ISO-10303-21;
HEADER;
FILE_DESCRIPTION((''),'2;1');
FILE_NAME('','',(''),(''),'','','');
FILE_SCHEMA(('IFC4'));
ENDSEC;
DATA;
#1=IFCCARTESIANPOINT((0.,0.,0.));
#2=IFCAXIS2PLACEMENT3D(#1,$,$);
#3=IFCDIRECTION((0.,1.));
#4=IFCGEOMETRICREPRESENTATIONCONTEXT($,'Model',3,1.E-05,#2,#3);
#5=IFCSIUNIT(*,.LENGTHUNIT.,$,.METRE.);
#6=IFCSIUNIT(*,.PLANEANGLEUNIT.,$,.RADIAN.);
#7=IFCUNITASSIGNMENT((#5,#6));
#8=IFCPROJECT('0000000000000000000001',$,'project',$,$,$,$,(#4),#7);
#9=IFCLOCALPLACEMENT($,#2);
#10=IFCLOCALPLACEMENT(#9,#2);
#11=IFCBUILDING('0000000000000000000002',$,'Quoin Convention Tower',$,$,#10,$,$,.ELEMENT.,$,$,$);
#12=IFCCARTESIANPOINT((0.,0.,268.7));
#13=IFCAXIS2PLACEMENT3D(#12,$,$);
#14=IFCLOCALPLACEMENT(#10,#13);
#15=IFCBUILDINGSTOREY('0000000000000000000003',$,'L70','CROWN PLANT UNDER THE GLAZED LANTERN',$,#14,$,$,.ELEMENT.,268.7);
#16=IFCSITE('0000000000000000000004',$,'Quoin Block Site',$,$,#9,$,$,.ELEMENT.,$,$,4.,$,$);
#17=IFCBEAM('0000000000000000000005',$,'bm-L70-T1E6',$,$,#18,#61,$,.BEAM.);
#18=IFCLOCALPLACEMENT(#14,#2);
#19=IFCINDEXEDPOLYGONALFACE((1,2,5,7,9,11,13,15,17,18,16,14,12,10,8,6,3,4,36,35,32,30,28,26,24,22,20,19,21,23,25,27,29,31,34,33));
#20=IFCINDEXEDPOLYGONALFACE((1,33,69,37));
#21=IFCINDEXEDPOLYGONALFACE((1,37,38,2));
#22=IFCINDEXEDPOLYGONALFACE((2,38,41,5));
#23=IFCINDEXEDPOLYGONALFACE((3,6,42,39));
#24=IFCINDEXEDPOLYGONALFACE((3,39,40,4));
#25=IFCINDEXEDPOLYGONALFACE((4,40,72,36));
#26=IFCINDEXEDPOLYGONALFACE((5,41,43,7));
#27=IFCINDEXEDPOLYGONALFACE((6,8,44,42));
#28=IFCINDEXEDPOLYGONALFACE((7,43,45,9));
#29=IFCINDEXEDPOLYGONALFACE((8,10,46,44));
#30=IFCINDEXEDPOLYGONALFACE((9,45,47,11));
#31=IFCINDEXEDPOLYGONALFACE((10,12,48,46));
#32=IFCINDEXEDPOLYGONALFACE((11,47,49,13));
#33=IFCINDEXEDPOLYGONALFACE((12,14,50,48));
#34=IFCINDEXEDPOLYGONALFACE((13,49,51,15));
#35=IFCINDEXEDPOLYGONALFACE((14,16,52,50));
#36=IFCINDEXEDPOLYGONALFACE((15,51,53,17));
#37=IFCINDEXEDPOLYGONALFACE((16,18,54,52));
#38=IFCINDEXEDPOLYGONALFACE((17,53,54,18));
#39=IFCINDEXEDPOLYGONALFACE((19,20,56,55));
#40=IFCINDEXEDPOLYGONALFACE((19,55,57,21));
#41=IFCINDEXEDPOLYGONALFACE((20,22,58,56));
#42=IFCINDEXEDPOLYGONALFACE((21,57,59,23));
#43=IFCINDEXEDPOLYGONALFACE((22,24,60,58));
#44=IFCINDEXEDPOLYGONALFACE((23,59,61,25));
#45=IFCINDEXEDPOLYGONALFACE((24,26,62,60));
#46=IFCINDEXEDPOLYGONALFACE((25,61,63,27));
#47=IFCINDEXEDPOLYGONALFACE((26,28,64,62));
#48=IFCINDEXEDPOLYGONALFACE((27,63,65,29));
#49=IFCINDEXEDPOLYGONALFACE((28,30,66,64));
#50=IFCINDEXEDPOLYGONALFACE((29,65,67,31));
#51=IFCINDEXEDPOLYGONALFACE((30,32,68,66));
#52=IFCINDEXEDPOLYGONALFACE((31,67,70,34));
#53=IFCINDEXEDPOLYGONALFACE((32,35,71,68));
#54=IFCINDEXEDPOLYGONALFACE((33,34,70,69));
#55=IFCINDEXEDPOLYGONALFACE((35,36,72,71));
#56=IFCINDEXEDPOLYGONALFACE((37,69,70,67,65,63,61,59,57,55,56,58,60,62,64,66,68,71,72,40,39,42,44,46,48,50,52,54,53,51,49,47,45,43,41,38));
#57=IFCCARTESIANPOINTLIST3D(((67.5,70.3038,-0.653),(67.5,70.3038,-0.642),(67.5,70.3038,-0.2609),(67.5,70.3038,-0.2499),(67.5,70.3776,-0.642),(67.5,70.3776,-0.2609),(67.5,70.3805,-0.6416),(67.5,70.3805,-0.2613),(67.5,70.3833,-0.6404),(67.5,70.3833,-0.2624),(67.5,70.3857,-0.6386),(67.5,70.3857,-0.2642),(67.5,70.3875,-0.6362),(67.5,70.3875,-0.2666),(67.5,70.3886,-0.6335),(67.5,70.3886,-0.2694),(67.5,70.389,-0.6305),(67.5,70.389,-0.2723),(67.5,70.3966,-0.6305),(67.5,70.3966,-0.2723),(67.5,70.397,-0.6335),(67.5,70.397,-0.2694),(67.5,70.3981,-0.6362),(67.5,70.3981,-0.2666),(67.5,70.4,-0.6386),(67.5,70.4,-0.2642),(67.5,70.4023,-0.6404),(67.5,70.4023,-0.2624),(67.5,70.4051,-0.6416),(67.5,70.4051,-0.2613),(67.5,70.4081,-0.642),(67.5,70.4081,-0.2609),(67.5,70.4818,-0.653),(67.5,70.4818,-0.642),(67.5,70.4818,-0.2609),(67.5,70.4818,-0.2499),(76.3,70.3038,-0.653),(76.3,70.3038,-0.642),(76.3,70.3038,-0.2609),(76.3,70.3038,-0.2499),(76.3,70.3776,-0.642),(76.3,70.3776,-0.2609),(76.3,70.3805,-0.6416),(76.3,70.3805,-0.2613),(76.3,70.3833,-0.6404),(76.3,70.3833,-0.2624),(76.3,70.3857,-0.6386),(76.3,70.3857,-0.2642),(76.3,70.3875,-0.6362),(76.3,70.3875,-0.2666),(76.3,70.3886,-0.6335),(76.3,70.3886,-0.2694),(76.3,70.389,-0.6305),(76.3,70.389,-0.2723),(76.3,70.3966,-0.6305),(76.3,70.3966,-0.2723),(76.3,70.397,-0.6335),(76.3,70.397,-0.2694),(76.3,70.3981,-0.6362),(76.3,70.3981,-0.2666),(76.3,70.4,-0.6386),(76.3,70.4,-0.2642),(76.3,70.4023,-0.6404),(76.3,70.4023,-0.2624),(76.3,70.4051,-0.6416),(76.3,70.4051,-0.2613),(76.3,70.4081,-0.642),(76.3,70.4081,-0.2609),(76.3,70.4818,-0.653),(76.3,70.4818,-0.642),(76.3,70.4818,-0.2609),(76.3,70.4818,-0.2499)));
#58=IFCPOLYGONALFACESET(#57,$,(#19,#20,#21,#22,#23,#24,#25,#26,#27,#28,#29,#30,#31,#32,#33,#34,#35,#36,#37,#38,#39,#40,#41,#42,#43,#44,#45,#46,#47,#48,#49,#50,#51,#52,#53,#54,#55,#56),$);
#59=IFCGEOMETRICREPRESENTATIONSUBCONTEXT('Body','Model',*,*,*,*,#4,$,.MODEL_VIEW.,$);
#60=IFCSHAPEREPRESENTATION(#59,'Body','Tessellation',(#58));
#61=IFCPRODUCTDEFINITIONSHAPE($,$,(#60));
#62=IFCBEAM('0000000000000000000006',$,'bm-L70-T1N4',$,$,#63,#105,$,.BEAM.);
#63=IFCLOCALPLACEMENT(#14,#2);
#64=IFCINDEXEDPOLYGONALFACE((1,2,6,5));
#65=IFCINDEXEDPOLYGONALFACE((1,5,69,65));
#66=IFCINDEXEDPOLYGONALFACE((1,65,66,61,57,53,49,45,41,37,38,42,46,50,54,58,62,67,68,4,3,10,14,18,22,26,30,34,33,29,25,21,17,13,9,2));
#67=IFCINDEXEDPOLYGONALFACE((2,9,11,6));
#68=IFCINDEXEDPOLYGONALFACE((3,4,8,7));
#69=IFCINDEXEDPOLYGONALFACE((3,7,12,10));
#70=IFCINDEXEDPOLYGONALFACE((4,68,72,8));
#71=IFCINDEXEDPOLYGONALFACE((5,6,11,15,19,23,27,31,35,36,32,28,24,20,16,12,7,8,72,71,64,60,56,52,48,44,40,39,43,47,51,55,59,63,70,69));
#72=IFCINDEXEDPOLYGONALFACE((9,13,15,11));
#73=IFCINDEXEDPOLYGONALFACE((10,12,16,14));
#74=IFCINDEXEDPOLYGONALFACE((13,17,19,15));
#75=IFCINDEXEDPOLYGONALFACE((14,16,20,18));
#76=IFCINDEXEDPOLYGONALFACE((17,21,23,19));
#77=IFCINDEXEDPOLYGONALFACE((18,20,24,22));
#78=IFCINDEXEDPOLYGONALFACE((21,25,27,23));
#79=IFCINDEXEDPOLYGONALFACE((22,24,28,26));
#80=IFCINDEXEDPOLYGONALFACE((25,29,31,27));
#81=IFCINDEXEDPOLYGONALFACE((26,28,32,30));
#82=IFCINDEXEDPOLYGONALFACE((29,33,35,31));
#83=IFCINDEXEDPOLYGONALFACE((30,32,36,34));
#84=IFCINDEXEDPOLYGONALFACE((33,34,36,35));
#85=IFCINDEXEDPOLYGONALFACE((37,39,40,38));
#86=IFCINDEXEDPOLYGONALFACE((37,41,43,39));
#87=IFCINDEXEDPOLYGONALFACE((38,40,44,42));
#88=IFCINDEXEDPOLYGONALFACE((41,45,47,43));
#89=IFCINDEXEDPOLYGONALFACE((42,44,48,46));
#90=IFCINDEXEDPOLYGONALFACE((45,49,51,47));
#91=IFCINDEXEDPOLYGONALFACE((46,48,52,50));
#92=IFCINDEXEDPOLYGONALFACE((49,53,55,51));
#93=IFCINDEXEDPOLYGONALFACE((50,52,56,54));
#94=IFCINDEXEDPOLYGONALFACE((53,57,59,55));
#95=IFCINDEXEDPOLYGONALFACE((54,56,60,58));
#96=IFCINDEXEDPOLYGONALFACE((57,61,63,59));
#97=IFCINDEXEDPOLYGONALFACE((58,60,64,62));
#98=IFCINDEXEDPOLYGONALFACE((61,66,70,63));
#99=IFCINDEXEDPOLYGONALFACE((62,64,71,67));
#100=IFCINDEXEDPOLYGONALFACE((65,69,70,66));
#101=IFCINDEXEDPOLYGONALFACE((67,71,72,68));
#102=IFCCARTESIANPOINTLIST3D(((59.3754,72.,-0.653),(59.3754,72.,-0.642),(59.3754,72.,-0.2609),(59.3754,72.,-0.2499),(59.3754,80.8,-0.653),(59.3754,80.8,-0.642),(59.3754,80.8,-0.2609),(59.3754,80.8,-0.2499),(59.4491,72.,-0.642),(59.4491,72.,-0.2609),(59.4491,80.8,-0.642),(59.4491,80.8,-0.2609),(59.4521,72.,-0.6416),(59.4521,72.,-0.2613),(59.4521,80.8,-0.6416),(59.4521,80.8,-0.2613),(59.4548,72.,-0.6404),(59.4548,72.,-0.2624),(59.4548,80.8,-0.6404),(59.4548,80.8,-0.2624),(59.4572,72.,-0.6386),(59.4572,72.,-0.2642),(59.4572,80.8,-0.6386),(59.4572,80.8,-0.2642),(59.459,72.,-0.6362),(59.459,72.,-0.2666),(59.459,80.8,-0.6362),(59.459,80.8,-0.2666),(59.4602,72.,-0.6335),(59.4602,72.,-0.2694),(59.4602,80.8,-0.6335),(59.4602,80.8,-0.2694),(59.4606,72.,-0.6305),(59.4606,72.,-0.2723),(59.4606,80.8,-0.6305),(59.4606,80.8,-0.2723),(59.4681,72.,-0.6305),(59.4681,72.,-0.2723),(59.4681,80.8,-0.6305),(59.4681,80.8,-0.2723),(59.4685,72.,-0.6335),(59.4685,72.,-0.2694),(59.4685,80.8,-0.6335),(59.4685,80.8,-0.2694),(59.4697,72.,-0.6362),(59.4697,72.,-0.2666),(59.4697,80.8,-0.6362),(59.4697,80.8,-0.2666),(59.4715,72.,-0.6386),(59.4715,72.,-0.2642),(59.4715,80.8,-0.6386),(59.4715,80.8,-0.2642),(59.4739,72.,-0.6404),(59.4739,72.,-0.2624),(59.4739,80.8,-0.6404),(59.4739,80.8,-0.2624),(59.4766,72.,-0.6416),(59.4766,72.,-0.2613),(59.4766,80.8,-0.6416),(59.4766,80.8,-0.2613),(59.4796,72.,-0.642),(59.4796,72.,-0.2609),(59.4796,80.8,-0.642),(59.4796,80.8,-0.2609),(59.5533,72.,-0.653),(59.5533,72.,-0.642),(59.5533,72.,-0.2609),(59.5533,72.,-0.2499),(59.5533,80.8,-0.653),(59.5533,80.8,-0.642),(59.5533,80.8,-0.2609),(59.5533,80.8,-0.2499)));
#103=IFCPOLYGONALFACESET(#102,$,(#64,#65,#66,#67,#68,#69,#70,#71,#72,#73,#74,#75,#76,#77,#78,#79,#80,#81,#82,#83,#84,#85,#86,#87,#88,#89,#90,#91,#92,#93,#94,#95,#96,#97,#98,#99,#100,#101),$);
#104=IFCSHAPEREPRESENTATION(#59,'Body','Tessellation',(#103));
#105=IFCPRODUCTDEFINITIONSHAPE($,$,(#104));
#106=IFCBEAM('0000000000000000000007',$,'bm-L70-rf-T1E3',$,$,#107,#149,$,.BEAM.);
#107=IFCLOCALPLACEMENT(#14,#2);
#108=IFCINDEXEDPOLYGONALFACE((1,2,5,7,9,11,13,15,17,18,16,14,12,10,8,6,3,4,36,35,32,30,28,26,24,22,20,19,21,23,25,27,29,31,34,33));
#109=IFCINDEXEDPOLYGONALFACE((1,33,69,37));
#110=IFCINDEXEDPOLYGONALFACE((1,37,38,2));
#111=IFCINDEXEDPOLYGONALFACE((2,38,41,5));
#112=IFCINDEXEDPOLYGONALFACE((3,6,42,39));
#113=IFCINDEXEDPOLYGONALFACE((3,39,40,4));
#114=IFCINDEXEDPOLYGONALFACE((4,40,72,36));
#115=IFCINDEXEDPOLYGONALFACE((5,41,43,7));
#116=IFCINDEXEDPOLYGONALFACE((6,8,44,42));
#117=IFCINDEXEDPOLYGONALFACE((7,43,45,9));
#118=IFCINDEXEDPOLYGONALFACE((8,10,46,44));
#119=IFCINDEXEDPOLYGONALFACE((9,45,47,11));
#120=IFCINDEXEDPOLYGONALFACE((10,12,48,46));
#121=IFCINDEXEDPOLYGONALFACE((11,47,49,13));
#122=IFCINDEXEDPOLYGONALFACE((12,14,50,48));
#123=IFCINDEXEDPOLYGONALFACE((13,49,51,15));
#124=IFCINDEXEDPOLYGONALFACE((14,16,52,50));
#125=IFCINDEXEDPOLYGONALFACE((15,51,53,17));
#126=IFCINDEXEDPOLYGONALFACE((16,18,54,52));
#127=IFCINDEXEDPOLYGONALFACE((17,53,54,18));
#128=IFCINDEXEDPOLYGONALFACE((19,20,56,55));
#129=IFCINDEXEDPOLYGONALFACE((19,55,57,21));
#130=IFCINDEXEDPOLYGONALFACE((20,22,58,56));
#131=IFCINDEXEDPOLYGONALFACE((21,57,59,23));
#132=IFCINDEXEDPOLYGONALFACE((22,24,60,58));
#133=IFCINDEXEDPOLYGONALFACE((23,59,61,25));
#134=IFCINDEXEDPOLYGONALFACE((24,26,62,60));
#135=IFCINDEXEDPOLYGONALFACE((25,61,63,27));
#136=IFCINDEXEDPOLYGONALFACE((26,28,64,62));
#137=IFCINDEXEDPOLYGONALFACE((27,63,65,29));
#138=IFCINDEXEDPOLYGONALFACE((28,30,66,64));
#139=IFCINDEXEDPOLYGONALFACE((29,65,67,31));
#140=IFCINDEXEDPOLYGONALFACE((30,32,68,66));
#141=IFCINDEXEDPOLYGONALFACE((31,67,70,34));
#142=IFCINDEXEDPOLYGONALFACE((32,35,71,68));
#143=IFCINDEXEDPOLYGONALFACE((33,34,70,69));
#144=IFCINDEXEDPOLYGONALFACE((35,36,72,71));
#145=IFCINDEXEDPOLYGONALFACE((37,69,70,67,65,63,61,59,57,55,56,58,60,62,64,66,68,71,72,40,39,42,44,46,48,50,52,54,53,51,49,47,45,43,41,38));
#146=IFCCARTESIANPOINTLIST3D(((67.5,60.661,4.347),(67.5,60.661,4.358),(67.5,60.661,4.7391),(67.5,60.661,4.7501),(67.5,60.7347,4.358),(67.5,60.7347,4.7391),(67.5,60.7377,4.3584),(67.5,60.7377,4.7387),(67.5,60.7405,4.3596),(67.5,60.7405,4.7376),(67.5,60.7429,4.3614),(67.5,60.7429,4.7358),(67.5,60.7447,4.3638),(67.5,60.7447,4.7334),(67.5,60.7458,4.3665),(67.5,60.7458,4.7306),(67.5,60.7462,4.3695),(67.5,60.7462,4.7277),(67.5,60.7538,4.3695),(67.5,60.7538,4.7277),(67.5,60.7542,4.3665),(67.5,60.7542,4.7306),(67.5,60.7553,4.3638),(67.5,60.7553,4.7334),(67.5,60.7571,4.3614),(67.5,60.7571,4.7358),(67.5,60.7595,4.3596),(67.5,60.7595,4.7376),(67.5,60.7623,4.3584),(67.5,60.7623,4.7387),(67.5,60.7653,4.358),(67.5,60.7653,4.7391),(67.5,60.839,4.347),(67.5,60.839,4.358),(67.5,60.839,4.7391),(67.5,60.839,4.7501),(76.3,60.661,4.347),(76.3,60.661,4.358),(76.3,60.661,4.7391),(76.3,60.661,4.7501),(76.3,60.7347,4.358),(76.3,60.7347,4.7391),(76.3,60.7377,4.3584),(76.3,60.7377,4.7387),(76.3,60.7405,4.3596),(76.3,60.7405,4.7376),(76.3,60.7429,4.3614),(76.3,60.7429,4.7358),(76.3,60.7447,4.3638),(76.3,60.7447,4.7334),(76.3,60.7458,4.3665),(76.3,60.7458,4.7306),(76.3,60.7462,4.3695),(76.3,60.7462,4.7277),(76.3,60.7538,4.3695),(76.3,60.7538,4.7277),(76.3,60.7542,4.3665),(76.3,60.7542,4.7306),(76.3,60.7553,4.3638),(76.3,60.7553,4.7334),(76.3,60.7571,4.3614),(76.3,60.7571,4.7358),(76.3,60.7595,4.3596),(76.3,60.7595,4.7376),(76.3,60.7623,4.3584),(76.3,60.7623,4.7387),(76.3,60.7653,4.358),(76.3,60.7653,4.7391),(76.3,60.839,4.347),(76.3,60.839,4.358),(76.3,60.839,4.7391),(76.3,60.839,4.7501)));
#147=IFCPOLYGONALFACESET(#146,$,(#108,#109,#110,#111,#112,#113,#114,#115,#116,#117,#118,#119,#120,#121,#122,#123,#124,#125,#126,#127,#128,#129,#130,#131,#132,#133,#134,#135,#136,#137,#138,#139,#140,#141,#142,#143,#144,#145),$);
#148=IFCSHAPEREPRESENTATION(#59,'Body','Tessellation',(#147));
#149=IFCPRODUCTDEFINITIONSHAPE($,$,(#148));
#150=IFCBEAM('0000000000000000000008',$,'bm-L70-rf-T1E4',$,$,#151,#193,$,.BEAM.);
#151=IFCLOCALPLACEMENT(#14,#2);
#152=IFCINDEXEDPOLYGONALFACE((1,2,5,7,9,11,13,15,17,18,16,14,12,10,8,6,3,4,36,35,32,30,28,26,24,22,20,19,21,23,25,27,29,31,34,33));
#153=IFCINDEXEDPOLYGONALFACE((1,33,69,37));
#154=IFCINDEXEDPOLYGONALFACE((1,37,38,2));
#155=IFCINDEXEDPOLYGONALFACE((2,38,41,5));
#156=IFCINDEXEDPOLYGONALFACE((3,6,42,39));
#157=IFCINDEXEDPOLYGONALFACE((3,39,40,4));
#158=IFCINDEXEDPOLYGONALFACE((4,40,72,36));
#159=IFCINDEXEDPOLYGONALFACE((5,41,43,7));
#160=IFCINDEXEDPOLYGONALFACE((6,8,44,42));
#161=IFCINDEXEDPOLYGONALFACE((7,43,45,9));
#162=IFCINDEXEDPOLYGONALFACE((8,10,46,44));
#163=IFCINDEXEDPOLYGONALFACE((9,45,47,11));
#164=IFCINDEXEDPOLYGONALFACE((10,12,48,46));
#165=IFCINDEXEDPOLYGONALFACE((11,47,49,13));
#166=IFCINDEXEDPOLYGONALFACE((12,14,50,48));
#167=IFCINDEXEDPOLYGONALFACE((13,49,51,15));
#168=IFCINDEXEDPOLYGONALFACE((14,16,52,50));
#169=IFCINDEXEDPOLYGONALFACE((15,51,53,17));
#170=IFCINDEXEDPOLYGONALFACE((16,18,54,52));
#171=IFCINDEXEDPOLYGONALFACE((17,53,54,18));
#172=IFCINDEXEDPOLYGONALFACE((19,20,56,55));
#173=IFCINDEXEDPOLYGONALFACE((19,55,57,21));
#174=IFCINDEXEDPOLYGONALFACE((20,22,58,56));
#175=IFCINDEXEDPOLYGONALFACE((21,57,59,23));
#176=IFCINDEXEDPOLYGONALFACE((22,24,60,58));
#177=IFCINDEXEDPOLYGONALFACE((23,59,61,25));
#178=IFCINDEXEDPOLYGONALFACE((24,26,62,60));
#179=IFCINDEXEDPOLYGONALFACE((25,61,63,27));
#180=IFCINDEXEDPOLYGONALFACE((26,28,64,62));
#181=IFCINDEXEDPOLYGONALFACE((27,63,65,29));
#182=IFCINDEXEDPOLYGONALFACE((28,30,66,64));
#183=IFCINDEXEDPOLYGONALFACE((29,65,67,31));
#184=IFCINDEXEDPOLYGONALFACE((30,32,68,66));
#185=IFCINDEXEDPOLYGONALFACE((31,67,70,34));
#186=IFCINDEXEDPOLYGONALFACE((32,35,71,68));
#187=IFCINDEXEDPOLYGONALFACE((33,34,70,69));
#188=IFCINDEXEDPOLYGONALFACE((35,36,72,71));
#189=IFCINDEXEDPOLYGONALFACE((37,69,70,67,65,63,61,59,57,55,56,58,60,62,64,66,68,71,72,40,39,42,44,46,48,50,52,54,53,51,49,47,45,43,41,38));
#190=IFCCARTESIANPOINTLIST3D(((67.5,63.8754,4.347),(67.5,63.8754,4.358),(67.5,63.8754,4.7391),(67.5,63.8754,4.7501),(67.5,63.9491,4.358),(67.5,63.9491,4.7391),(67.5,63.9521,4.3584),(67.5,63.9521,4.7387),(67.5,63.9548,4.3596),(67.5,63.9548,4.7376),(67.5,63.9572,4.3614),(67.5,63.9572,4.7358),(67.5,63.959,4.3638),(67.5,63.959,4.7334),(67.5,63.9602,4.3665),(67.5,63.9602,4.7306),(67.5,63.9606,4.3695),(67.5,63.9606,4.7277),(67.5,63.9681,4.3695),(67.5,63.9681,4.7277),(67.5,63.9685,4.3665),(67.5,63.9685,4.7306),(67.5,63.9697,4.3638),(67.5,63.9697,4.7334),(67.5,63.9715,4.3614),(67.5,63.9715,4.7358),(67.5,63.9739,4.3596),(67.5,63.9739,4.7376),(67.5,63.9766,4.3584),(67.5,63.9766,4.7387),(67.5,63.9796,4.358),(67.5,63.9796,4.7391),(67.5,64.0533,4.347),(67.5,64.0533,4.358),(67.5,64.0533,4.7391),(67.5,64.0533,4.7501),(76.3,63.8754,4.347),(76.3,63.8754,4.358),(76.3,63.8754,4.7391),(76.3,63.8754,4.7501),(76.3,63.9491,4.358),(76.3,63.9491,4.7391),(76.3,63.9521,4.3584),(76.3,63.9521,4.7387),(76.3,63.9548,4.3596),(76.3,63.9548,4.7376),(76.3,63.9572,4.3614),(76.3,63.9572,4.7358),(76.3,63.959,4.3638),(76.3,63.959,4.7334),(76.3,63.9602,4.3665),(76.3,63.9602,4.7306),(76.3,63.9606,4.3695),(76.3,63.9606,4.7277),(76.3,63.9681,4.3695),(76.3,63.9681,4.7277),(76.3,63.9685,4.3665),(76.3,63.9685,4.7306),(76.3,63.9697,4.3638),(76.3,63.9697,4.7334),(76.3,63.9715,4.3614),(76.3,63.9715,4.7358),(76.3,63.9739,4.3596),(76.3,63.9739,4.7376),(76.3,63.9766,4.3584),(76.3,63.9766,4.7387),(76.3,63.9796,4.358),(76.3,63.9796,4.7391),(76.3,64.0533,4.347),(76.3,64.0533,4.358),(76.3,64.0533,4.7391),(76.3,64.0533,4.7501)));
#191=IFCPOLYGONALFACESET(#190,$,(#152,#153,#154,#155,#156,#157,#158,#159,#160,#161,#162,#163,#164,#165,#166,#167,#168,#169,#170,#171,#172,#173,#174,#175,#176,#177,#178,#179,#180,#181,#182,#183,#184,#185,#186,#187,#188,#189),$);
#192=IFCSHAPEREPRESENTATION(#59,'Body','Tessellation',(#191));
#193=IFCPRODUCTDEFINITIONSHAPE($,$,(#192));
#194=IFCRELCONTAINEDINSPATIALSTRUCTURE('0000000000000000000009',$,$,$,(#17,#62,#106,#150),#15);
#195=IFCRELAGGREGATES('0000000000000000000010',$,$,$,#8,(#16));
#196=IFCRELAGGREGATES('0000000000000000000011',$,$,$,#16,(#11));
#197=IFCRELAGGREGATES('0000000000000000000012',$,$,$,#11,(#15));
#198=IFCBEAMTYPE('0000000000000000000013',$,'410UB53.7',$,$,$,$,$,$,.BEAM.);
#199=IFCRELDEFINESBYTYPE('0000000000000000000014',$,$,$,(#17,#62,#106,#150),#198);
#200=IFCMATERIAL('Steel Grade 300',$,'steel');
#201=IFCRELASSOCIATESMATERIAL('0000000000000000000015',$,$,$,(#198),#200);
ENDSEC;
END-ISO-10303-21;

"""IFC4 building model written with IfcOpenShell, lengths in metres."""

from ifc_helpers import new_model, si_unit, direction, frame, origin, origin_2d, place, context, subcontext, project, spatial, i_section, extrude, material, material_profile, profile_set, type_object, element, save


model = new_model("IFC4")

# Units and contexts
model_context = context("Model", 3, precision=1e-05, world=origin(), true_north=direction((0.0, 1.0)))
body_context = subcontext(model_context, "Body", "Model", "MODEL_VIEW")
ifc_project = project(units=[si_unit("LENGTHUNIT", "METRE"), si_unit("PLANEANGLEUNIT", "RADIAN")], contexts=[model_context])

# Site, building, storey
site_placement = place(None, origin())
site = spatial("IfcSite", under=ifc_project, at=site_placement, Name="Quoin Block Site", CompositionType="ELEMENT", RefElevation=4.0)
building_placement = place(site_placement, origin())
building = spatial("IfcBuilding", under=site, at=building_placement, Name="Quoin Convention Tower", CompositionType="ELEMENT")
storey_placement = place(building_placement, frame((0.0, 0.0, 268.7)))
storey = spatial("IfcBuildingStorey", under=building, at=storey_placement, Name="L70", Description="CROWN PLANT UNDER THE GLAZED LANTERN", CompositionType="ELEMENT", Elevation=268.7)

# Beams
ifc_material_1 = material(Name="Steel Grade 300", Category="steel")
ifc_material_profile_1 = material_profile(ifc_material_1, i_section(OverallWidth=0.178, OverallDepth=0.4031, WebThickness=0.0076, FlangeThickness=0.011, FilletRadius=0.0115, at=origin_2d()), Name="410UB53.7")
ifc_profile_set_1 = profile_set([ifc_material_profile_1], Name="Steel Grade 300")
beam_type_1 = type_object("IfcBeamType", Name="410UB53.7", PredefinedType="BEAM", material=ifc_profile_set_1)
for number, where, z_axis, x_axis, name in (
    (1, (67.5, 70.3928, -0.4514), (1.0, 0.0, 0.0), (0.0, 1.0, 0.0), "bm-L70-T1E6"),
    (2, (59.4644, 72.0, -0.4514), (0.0, 1.0, 0.0), (-1.0, 0.0, 0.0), "bm-L70-T1N4"),
    (3, (67.5, 60.75, 4.5486), (1.0, 0.0, 0.0), (0.0, 1.0, 0.0), "bm-L70-rf-T1E3"),
    (4, (67.5, 63.9644, 4.5486), (1.0, 0.0, 0.0), (0.0, 1.0, 0.0), "bm-L70-rf-T1E4"),
):
    element("IfcBeam", number, at=place(storey_placement, frame(where, z_axis=z_axis, x_axis=x_axis)), inside=storey, type_object=beam_type_1, Name=name, PredefinedType="BEAM", context=body_context, shape_type="SweptSolid", body=[
        extrude(i_section(OverallWidth=0.178, OverallDepth=0.4031, WebThickness=0.0076, FlangeThickness=0.011, FilletRadius=0.0115, at=origin_2d()), origin(), (0.0, 0.0, 1.0), 8.8),
    ])

save(model, "model.ifc")
